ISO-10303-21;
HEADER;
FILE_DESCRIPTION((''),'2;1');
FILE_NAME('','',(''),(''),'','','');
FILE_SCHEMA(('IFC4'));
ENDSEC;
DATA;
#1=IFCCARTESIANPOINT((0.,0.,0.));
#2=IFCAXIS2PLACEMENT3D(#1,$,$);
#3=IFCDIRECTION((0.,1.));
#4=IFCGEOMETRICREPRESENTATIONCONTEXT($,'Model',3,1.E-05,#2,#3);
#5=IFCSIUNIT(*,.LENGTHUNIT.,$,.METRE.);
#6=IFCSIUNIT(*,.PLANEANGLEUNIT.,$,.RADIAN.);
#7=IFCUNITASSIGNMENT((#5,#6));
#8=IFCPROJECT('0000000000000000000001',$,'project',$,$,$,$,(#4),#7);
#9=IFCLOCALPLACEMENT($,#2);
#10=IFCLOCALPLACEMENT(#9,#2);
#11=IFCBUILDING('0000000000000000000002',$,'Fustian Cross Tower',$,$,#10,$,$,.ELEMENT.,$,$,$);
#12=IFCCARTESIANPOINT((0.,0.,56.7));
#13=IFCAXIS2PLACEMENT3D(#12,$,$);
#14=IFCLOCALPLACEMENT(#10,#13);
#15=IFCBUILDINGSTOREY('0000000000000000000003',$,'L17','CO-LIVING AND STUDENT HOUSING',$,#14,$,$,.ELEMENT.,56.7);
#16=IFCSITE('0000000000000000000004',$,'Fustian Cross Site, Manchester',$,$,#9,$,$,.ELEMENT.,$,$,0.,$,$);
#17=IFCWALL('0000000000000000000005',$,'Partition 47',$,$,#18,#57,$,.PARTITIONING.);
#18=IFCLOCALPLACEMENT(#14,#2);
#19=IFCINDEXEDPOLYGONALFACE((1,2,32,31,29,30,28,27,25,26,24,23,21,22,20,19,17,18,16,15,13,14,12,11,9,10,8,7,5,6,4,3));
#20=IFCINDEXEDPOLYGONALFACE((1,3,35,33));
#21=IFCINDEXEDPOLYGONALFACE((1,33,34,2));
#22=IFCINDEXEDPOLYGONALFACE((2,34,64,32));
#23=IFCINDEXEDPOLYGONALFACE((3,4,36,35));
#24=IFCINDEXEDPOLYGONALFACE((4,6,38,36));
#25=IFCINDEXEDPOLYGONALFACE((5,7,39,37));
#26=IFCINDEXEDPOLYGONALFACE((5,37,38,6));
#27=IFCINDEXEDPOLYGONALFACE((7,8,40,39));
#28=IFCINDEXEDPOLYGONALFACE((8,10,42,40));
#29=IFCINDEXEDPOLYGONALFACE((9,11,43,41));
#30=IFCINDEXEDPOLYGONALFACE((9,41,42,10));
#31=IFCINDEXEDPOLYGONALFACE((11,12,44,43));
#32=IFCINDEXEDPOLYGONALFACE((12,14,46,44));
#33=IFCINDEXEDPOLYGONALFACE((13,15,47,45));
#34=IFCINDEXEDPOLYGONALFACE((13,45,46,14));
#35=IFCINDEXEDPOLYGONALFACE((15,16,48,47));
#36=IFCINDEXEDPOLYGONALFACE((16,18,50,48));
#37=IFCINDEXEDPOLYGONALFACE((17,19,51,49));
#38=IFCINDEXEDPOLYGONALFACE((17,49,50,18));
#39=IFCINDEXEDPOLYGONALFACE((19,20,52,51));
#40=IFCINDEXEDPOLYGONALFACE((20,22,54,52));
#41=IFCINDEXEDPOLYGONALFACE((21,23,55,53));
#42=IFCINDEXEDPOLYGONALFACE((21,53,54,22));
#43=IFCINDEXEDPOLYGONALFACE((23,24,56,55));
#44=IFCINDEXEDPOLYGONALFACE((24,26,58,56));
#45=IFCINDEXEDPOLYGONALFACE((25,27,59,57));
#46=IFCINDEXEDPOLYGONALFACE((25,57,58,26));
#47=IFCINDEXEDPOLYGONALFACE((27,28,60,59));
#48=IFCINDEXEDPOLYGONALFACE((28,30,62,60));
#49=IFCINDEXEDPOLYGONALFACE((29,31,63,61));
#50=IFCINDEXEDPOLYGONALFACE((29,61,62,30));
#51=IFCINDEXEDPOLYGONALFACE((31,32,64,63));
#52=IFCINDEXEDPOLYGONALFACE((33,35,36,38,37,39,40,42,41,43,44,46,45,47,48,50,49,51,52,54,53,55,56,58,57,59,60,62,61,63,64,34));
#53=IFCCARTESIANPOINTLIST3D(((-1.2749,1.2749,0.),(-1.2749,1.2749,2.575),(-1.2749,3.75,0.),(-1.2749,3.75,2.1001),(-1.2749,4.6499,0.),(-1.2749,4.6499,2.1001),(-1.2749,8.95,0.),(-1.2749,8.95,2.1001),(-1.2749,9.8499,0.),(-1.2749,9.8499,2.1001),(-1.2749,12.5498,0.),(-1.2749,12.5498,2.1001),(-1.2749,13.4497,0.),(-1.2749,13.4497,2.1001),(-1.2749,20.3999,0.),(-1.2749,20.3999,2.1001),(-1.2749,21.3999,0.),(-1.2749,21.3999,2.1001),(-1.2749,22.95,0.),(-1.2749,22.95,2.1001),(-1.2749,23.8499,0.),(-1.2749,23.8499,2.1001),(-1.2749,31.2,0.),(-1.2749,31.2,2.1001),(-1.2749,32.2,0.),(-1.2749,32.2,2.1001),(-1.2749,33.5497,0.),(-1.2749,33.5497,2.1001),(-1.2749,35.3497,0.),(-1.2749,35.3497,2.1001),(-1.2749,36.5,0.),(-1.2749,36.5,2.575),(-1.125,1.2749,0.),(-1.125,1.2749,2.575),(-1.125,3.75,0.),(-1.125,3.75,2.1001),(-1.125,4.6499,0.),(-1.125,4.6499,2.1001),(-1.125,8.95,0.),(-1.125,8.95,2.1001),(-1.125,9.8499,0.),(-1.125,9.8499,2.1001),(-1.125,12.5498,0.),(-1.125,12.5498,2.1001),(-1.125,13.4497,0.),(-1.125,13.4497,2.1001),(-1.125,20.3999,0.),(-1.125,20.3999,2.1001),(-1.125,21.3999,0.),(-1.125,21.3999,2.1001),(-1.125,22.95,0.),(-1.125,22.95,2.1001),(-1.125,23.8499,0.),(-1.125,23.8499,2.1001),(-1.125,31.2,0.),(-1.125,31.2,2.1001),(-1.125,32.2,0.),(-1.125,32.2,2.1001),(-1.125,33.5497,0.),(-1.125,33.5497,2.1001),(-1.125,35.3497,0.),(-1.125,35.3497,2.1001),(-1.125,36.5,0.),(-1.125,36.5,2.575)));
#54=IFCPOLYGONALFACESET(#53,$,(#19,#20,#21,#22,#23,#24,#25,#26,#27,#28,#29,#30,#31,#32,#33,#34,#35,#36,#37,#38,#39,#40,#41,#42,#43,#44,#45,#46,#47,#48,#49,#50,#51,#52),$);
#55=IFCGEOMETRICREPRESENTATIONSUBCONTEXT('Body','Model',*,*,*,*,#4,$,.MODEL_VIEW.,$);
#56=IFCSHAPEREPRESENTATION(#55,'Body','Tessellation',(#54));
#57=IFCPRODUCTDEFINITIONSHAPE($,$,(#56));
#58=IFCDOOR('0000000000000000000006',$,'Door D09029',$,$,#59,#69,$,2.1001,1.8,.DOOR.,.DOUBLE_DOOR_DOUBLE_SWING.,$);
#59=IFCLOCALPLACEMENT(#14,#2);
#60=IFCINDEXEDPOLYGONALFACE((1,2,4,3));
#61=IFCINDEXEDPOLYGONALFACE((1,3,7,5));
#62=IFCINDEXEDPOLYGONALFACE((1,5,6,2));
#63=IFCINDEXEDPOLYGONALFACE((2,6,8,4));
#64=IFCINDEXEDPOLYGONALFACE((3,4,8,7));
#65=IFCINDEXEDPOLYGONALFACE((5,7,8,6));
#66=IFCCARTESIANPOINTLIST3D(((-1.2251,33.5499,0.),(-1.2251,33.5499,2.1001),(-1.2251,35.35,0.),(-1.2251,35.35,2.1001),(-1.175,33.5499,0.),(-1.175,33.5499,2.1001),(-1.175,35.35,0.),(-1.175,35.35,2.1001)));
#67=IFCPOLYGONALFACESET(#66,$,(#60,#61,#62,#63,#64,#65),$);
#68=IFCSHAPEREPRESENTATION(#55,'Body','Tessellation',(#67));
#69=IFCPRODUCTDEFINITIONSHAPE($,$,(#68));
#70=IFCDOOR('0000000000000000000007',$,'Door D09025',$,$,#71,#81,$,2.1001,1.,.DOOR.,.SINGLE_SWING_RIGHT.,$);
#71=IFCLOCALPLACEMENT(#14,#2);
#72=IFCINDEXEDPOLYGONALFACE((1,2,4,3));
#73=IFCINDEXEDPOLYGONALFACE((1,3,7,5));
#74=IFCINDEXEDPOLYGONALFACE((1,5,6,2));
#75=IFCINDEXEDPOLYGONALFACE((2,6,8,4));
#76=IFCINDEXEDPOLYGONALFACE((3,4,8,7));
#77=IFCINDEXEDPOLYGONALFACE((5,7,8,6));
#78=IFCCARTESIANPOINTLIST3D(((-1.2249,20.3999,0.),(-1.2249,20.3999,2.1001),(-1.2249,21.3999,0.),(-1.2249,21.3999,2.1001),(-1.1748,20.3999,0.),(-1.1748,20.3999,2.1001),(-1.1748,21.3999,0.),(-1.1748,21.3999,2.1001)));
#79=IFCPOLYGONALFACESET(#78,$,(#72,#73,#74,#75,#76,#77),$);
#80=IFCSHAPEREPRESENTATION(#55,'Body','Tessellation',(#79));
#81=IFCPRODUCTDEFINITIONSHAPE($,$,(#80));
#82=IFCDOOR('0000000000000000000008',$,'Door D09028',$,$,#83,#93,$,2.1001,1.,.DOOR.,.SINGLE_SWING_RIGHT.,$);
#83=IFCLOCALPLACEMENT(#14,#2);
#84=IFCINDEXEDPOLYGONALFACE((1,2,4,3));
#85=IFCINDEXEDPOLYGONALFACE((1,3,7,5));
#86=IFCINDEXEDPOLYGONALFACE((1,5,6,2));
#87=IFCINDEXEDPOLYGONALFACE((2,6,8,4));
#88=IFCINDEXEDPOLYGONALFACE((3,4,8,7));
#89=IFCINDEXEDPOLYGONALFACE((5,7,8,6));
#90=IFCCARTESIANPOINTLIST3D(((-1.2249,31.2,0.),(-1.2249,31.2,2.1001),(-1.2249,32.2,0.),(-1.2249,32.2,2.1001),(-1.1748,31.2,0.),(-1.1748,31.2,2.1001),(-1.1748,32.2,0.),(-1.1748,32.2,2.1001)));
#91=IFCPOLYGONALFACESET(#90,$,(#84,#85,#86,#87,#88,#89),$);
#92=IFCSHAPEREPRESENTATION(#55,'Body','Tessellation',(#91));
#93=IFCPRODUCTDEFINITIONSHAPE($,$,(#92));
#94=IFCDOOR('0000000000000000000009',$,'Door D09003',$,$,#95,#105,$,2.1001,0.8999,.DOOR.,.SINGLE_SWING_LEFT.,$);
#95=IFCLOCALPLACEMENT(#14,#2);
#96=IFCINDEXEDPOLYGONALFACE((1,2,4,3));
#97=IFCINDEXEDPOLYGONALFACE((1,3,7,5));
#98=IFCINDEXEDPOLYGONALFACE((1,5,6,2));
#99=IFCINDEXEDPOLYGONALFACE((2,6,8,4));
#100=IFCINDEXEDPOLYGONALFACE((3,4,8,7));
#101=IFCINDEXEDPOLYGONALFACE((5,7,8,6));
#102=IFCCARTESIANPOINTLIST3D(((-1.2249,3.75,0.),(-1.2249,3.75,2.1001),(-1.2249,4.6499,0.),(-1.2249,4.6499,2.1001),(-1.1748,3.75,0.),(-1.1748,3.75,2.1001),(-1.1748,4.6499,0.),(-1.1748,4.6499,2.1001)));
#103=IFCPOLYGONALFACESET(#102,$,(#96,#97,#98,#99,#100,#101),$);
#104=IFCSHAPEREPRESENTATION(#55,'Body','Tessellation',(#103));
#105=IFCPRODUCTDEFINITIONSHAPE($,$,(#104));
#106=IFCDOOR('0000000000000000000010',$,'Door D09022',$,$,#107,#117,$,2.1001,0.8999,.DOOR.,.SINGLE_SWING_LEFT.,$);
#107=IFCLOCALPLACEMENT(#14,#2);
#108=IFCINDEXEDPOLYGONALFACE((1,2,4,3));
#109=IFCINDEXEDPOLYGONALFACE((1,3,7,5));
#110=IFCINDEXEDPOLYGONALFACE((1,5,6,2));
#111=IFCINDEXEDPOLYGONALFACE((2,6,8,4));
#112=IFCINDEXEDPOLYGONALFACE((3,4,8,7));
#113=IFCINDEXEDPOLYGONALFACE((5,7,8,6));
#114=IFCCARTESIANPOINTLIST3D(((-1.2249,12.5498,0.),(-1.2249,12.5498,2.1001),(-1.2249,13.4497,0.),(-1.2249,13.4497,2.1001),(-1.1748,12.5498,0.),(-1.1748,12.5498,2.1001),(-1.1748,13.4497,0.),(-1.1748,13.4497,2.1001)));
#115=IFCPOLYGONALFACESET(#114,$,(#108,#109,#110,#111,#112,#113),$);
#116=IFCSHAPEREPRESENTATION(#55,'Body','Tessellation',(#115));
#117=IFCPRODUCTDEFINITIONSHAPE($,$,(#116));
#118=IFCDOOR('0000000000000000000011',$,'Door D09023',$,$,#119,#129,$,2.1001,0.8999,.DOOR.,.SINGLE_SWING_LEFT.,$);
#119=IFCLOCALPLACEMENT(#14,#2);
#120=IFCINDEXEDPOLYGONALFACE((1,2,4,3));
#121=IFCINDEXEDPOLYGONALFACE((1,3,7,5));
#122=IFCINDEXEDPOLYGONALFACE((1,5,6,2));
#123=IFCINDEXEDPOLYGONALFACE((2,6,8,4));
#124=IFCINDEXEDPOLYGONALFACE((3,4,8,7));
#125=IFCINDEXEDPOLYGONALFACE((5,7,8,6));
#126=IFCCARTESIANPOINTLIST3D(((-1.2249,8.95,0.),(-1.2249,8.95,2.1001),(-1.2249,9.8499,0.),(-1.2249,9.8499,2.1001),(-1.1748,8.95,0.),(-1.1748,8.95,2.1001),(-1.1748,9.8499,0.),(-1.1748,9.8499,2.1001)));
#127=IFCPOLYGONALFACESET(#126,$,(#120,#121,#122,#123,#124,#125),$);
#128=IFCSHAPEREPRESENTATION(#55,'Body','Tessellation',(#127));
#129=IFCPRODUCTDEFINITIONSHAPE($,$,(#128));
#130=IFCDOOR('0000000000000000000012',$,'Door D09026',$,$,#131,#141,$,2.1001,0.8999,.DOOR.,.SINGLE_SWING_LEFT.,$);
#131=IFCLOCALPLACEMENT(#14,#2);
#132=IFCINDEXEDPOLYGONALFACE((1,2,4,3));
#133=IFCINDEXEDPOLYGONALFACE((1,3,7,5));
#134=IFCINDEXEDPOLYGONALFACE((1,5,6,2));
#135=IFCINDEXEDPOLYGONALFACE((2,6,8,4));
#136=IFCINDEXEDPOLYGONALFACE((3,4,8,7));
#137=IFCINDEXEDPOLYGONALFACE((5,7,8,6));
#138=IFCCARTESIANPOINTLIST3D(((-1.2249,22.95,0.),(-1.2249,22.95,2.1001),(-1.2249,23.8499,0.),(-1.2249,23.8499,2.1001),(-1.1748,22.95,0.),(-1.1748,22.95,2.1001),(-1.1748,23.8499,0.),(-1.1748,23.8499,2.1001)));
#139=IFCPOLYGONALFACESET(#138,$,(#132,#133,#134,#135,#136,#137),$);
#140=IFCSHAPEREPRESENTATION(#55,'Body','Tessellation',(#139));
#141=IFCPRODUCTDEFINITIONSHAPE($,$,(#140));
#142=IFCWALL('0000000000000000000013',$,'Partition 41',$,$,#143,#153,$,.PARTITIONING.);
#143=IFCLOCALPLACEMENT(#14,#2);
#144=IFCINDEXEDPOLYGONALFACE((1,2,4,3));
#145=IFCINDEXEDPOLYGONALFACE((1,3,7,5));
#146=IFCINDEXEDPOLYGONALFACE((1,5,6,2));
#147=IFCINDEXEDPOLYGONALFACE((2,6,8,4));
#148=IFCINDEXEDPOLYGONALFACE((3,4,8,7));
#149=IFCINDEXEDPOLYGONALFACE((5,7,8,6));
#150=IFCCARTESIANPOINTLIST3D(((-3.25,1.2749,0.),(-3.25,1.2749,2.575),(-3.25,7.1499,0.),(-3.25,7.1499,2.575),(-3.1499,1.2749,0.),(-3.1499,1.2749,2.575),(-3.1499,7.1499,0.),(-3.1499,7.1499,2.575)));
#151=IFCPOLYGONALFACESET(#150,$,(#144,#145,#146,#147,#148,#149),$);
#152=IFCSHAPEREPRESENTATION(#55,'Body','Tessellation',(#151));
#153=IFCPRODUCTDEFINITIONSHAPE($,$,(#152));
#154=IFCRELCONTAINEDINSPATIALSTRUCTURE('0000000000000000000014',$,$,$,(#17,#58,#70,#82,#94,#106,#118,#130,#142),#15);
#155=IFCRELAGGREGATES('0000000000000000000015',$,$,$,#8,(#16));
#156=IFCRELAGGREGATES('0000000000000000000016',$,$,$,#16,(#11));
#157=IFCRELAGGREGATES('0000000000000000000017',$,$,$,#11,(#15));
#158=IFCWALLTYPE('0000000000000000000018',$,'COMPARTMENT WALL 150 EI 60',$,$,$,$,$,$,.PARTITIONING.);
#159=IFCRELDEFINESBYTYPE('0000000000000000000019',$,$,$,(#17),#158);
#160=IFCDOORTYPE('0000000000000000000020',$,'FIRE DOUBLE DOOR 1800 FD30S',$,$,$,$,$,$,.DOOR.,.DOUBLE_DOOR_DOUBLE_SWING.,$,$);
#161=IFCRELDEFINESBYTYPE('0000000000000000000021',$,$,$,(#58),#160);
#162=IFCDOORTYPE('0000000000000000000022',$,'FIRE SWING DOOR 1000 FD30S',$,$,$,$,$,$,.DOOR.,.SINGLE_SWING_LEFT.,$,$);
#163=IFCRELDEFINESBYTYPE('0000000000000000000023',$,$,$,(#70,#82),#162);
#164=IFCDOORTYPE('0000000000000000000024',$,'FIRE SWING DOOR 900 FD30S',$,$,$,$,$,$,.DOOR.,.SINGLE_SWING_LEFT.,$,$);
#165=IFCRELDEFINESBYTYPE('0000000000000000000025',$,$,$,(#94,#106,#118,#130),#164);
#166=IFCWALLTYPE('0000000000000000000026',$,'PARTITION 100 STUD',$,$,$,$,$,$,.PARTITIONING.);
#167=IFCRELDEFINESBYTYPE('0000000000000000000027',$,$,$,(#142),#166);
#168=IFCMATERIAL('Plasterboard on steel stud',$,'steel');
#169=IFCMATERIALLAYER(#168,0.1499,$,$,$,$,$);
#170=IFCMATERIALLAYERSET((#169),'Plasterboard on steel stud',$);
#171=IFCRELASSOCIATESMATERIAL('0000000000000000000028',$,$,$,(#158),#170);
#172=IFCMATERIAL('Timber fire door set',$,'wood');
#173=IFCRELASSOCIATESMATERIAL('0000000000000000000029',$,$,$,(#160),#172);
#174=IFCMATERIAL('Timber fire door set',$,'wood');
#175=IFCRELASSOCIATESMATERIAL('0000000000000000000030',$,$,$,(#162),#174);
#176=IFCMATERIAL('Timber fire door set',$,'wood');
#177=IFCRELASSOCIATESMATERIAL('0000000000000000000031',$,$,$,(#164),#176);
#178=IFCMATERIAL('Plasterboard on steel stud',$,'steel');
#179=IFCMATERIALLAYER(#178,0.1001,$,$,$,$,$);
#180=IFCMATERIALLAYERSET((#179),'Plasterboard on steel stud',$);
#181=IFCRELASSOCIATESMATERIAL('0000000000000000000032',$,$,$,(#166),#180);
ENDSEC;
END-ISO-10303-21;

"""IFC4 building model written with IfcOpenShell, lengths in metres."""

from ifc_helpers import new_model, si_unit, direction, frame, frame_2d, origin, place, context, subcontext, project, spatial, rectangle, extrude, material, layer, layer_set, type_object, element, fill, save


model = new_model("IFC4")

# Units and contexts
model_context = context("Model", 3, precision=1e-05, world=origin(), true_north=direction((0.0, 1.0)))
body_context = subcontext(model_context, "Body", "Model", "MODEL_VIEW")
ifc_project = project(units=[si_unit("LENGTHUNIT", "METRE"), si_unit("PLANEANGLEUNIT", "RADIAN")], contexts=[model_context])

# Site, building, storey
site_placement = place(None, origin())
site = spatial("IfcSite", under=ifc_project, at=site_placement, Name="Fustian Cross Site, Manchester", CompositionType="ELEMENT", RefElevation=0.0)
building_placement = place(site_placement, origin())
building = spatial("IfcBuilding", under=site, at=building_placement, Name="Fustian Cross Tower", CompositionType="ELEMENT")
storey_placement = place(building_placement, frame((0.0, 0.0, 56.7)))
storey = spatial("IfcBuildingStorey", under=building, at=storey_placement, Name="L17", Description="CO-LIVING AND STUDENT HOUSING", CompositionType="ELEMENT", Elevation=56.7)

# Wall, openings, doors
ifc_material_1 = material(Name="Plasterboard on steel stud", Category="steel")
ifc_layer_1 = layer(ifc_material_1, 0.1499)
ifc_layer_set_1 = layer_set([ifc_layer_1], Name="Plasterboard on steel stud")
wall_type_1 = type_object("IfcWallType", Name="COMPARTMENT WALL 150 EI 60", PredefinedType="PARTITIONING", material=ifc_layer_set_1)
wall_1_placement = place(storey_placement, frame((-1.2, 1.2749, 0.0), z_axis=(0.0, 0.0, 1.0), x_axis=(0.0, 1.0, 0.0)))
wall_1 = element("IfcWall", 1, at=wall_1_placement, inside=storey, type_object=wall_type_1, Name="Partition 47", PredefinedType="PARTITIONING", context=body_context, shape_type="SweptSolid", body=[
    extrude(rectangle(XDim=35.2251, YDim=0.1499, at=frame_2d((17.6125, 0.0))), origin(), (0.0, 0.0, 1.0), 2.575),
])
opening_1_placement = place(wall_1_placement, frame((2.4751, 0.0, 0.0)))
opening_1 = element("IfcOpeningElement", 2, at=opening_1_placement, cuts=wall_1, PredefinedType="OPENING", context=body_context, shape_type="SweptSolid", body=[
    extrude(rectangle(XDim=0.8999, YDim=2.1001, at=frame_2d((0.45, 1.05))), frame((0.0, 0.085, 0.0), z_axis=(0.0, -1.0, 0.0), x_axis=(1.0, 0.0, 0.0)), (0.0, 0.0, 1.0), 0.1699),
])
opening_2_placement = place(wall_1_placement, frame((11.2749, 0.0, 0.0)))
opening_2 = element("IfcOpeningElement", 3, at=opening_2_placement, cuts=wall_1, PredefinedType="OPENING", context=body_context, shape_type="SweptSolid", body=[
    extrude(rectangle(XDim=0.8999, YDim=2.1001, at=frame_2d((0.45, 1.05))), frame((0.0, 0.085, 0.0), z_axis=(0.0, -1.0, 0.0), x_axis=(1.0, 0.0, 0.0)), (0.0, 0.0, 1.0), 0.1699),
])
opening_3_placement = place(wall_1_placement, frame((7.675, 0.0, 0.0)))
opening_3 = element("IfcOpeningElement", 4, at=opening_3_placement, cuts=wall_1, PredefinedType="OPENING", context=body_context, shape_type="SweptSolid", body=[
    extrude(rectangle(XDim=0.8999, YDim=2.1001, at=frame_2d((0.45, 1.05))), frame((0.0, 0.085, 0.0), z_axis=(0.0, -1.0, 0.0), x_axis=(1.0, 0.0, 0.0)), (0.0, 0.0, 1.0), 0.1699),
])
opening_4_placement = place(wall_1_placement, frame((19.125, 0.0, 0.0)))
opening_4 = element("IfcOpeningElement", 5, at=opening_4_placement, cuts=wall_1, PredefinedType="OPENING", context=body_context, shape_type="SweptSolid", body=[
    extrude(rectangle(XDim=1.0, YDim=2.1001, at=frame_2d((0.5, 1.05))), frame((0.0, 0.085, 0.0), z_axis=(0.0, -1.0, 0.0), x_axis=(1.0, 0.0, 0.0)), (0.0, 0.0, 1.0), 0.1699),
])
opening_5_placement = place(wall_1_placement, frame((21.675, 0.0, 0.0)))
opening_5 = element("IfcOpeningElement", 6, at=opening_5_placement, cuts=wall_1, PredefinedType="OPENING", context=body_context, shape_type="SweptSolid", body=[
    extrude(rectangle(XDim=0.8999, YDim=2.1001, at=frame_2d((0.45, 1.05))), frame((0.0, 0.085, 0.0), z_axis=(0.0, -1.0, 0.0), x_axis=(1.0, 0.0, 0.0)), (0.0, 0.0, 1.0), 0.1699),
])
opening_6_placement = place(wall_1_placement, frame((29.925, 0.0, 0.0)))
opening_6 = element("IfcOpeningElement", 7, at=opening_6_placement, cuts=wall_1, PredefinedType="OPENING", context=body_context, shape_type="SweptSolid", body=[
    extrude(rectangle(XDim=1.0, YDim=2.1001, at=frame_2d((0.5, 1.05))), frame((0.0, 0.085, 0.0), z_axis=(0.0, -1.0, 0.0), x_axis=(1.0, 0.0, 0.0)), (0.0, 0.0, 1.0), 0.1699),
])
opening_7_placement = place(wall_1_placement, frame((32.2749, 0.0, 0.0)))
opening_7 = element("IfcOpeningElement", 8, at=opening_7_placement, cuts=wall_1, PredefinedType="OPENING", context=body_context, shape_type="SweptSolid", body=[
    extrude(rectangle(XDim=1.8, YDim=2.1001, at=frame_2d((0.8999, 1.05))), frame((0.0, 0.085, 0.0), z_axis=(0.0, -1.0, 0.0), x_axis=(1.0, 0.0, 0.0)), (0.0, 0.0, 1.0), 0.1699),
])
ifc_material_2 = material(Name="Timber fire door set", Category="wood")
door_type_1 = type_object("IfcDoorType", Name="FIRE DOUBLE DOOR 1800 FD30S", OperationType="DOUBLE_DOOR_DOUBLE_SWING", PredefinedType="DOOR", material=ifc_material_2)
door_1_placement = place(opening_7_placement, frame((1.8, 0.0, 0.0), z_axis=(0.0, 0.0, 1.0), x_axis=(-1.0, 0.0, 0.0)))
door_1 = element("IfcDoor", 9, at=door_1_placement, inside=storey, type_object=door_type_1, Name="Door D09029", OperationType="DOUBLE_DOOR_DOUBLE_SWING", OverallHeight=2.1001, OverallWidth=1.8, PredefinedType="DOOR", context=body_context, shape_type="SweptSolid", body=[
    extrude(rectangle(XDim=1.8, YDim=2.1001, at=frame_2d((0.8999, 1.05))), frame((0.0, 0.0249, 0.0), z_axis=(0.0, -1.0, 0.0), x_axis=(1.0, 0.0, 0.0)), (0.0, 0.0, 1.0), 0.05),
])
fill(opening_7, door_1)
ifc_material_3 = material(Name="Timber fire door set", Category="wood")
door_type_2 = type_object("IfcDoorType", Name="FIRE SWING DOOR 1000 FD30S", OperationType="SINGLE_SWING_LEFT", PredefinedType="DOOR", material=ifc_material_3)
door_2_placement = place(opening_4_placement, origin())
door_2 = element("IfcDoor", 10, at=door_2_placement, inside=storey, type_object=door_type_2, Name="Door D09025", OperationType="SINGLE_SWING_RIGHT", OverallHeight=2.1001, OverallWidth=1.0, PredefinedType="DOOR", context=body_context, shape_type="SweptSolid", body=[
    extrude(rectangle(XDim=1.0, YDim=2.1001, at=frame_2d((0.5, 1.05))), frame((0.0, 0.0249, 0.0), z_axis=(0.0, -1.0, 0.0), x_axis=(1.0, 0.0, 0.0)), (0.0, 0.0, 1.0), 0.05),
])
fill(opening_4, door_2)
door_3_placement = place(opening_6_placement, origin())
door_3 = element("IfcDoor", 11, at=door_3_placement, inside=storey, type_object=door_type_2, Name="Door D09028", OperationType="SINGLE_SWING_RIGHT", OverallHeight=2.1001, OverallWidth=1.0, PredefinedType="DOOR", context=body_context, shape_type="SweptSolid", body=[
    extrude(rectangle(XDim=1.0, YDim=2.1001, at=frame_2d((0.5, 1.05))), frame((0.0, 0.0249, 0.0), z_axis=(0.0, -1.0, 0.0), x_axis=(1.0, 0.0, 0.0)), (0.0, 0.0, 1.0), 0.05),
])
fill(opening_6, door_3)
ifc_material_4 = material(Name="Timber fire door set", Category="wood")
door_type_3 = type_object("IfcDoorType", Name="FIRE SWING DOOR 900 FD30S", OperationType="SINGLE_SWING_LEFT", PredefinedType="DOOR", material=ifc_material_4)
door_4_placement = place(opening_1_placement, origin())
door_4 = element("IfcDoor", 12, at=door_4_placement, inside=storey, type_object=door_type_3, Name="Door D09003", OperationType="SINGLE_SWING_LEFT", OverallHeight=2.1001, OverallWidth=0.8999, PredefinedType="DOOR", context=body_context, shape_type="SweptSolid", body=[
    extrude(rectangle(XDim=0.8999, YDim=2.1001, at=frame_2d((0.45, 1.05))), frame((0.0, 0.0249, 0.0), z_axis=(0.0, -1.0, 0.0), x_axis=(1.0, 0.0, 0.0)), (0.0, 0.0, 1.0), 0.05),
])
fill(opening_1, door_4)
door_5_placement = place(opening_2_placement, origin())
door_5 = element("IfcDoor", 13, at=door_5_placement, inside=storey, type_object=door_type_3, Name="Door D09022", OperationType="SINGLE_SWING_LEFT", OverallHeight=2.1001, OverallWidth=0.8999, PredefinedType="DOOR", context=body_context, shape_type="SweptSolid", body=[
    extrude(rectangle(XDim=0.8999, YDim=2.1001, at=frame_2d((0.45, 1.05))), frame((0.0, 0.0249, 0.0), z_axis=(0.0, -1.0, 0.0), x_axis=(1.0, 0.0, 0.0)), (0.0, 0.0, 1.0), 0.05),
])
fill(opening_2, door_5)
door_6_placement = place(opening_3_placement, origin())
door_6 = element("IfcDoor", 14, at=door_6_placement, inside=storey, type_object=door_type_3, Name="Door D09023", OperationType="SINGLE_SWING_LEFT", OverallHeight=2.1001, OverallWidth=0.8999, PredefinedType="DOOR", context=body_context, shape_type="SweptSolid", body=[
    extrude(rectangle(XDim=0.8999, YDim=2.1001, at=frame_2d((0.45, 1.05))), frame((0.0, 0.0249, 0.0), z_axis=(0.0, -1.0, 0.0), x_axis=(1.0, 0.0, 0.0)), (0.0, 0.0, 1.0), 0.05),
])
fill(opening_3, door_6)
door_7_placement = place(opening_5_placement, origin())
door_7 = element("IfcDoor", 15, at=door_7_placement, inside=storey, type_object=door_type_3, Name="Door D09026", OperationType="SINGLE_SWING_LEFT", OverallHeight=2.1001, OverallWidth=0.8999, PredefinedType="DOOR", context=body_context, shape_type="SweptSolid", body=[
    extrude(rectangle(XDim=0.8999, YDim=2.1001, at=frame_2d((0.45, 1.05))), frame((0.0, 0.0249, 0.0), z_axis=(0.0, -1.0, 0.0), x_axis=(1.0, 0.0, 0.0)), (0.0, 0.0, 1.0), 0.05),
])
fill(opening_5, door_7)

# Wall
ifc_material_5 = material(Name="Plasterboard on steel stud", Category="steel")
ifc_layer_2 = layer(ifc_material_5, 0.1001)
ifc_layer_set_2 = layer_set([ifc_layer_2], Name="Plasterboard on steel stud")
wall_type_2 = type_object("IfcWallType", Name="PARTITION 100 STUD", PredefinedType="PARTITIONING", material=ifc_layer_set_2)
wall_2_placement = place(storey_placement, frame((-3.2, 1.2749, 0.0), z_axis=(0.0, 0.0, 1.0), x_axis=(0.0, 1.0, 0.0)))
element("IfcWall", 16, at=wall_2_placement, inside=storey, type_object=wall_type_2, Name="Partition 41", PredefinedType="PARTITIONING", context=body_context, shape_type="SweptSolid", body=[
    extrude(rectangle(XDim=5.875, YDim=0.1001, at=frame_2d((2.9375, 0.0))), origin(), (0.0, 0.0, 1.0), 2.575),
])

save(model, "model.ifc")
